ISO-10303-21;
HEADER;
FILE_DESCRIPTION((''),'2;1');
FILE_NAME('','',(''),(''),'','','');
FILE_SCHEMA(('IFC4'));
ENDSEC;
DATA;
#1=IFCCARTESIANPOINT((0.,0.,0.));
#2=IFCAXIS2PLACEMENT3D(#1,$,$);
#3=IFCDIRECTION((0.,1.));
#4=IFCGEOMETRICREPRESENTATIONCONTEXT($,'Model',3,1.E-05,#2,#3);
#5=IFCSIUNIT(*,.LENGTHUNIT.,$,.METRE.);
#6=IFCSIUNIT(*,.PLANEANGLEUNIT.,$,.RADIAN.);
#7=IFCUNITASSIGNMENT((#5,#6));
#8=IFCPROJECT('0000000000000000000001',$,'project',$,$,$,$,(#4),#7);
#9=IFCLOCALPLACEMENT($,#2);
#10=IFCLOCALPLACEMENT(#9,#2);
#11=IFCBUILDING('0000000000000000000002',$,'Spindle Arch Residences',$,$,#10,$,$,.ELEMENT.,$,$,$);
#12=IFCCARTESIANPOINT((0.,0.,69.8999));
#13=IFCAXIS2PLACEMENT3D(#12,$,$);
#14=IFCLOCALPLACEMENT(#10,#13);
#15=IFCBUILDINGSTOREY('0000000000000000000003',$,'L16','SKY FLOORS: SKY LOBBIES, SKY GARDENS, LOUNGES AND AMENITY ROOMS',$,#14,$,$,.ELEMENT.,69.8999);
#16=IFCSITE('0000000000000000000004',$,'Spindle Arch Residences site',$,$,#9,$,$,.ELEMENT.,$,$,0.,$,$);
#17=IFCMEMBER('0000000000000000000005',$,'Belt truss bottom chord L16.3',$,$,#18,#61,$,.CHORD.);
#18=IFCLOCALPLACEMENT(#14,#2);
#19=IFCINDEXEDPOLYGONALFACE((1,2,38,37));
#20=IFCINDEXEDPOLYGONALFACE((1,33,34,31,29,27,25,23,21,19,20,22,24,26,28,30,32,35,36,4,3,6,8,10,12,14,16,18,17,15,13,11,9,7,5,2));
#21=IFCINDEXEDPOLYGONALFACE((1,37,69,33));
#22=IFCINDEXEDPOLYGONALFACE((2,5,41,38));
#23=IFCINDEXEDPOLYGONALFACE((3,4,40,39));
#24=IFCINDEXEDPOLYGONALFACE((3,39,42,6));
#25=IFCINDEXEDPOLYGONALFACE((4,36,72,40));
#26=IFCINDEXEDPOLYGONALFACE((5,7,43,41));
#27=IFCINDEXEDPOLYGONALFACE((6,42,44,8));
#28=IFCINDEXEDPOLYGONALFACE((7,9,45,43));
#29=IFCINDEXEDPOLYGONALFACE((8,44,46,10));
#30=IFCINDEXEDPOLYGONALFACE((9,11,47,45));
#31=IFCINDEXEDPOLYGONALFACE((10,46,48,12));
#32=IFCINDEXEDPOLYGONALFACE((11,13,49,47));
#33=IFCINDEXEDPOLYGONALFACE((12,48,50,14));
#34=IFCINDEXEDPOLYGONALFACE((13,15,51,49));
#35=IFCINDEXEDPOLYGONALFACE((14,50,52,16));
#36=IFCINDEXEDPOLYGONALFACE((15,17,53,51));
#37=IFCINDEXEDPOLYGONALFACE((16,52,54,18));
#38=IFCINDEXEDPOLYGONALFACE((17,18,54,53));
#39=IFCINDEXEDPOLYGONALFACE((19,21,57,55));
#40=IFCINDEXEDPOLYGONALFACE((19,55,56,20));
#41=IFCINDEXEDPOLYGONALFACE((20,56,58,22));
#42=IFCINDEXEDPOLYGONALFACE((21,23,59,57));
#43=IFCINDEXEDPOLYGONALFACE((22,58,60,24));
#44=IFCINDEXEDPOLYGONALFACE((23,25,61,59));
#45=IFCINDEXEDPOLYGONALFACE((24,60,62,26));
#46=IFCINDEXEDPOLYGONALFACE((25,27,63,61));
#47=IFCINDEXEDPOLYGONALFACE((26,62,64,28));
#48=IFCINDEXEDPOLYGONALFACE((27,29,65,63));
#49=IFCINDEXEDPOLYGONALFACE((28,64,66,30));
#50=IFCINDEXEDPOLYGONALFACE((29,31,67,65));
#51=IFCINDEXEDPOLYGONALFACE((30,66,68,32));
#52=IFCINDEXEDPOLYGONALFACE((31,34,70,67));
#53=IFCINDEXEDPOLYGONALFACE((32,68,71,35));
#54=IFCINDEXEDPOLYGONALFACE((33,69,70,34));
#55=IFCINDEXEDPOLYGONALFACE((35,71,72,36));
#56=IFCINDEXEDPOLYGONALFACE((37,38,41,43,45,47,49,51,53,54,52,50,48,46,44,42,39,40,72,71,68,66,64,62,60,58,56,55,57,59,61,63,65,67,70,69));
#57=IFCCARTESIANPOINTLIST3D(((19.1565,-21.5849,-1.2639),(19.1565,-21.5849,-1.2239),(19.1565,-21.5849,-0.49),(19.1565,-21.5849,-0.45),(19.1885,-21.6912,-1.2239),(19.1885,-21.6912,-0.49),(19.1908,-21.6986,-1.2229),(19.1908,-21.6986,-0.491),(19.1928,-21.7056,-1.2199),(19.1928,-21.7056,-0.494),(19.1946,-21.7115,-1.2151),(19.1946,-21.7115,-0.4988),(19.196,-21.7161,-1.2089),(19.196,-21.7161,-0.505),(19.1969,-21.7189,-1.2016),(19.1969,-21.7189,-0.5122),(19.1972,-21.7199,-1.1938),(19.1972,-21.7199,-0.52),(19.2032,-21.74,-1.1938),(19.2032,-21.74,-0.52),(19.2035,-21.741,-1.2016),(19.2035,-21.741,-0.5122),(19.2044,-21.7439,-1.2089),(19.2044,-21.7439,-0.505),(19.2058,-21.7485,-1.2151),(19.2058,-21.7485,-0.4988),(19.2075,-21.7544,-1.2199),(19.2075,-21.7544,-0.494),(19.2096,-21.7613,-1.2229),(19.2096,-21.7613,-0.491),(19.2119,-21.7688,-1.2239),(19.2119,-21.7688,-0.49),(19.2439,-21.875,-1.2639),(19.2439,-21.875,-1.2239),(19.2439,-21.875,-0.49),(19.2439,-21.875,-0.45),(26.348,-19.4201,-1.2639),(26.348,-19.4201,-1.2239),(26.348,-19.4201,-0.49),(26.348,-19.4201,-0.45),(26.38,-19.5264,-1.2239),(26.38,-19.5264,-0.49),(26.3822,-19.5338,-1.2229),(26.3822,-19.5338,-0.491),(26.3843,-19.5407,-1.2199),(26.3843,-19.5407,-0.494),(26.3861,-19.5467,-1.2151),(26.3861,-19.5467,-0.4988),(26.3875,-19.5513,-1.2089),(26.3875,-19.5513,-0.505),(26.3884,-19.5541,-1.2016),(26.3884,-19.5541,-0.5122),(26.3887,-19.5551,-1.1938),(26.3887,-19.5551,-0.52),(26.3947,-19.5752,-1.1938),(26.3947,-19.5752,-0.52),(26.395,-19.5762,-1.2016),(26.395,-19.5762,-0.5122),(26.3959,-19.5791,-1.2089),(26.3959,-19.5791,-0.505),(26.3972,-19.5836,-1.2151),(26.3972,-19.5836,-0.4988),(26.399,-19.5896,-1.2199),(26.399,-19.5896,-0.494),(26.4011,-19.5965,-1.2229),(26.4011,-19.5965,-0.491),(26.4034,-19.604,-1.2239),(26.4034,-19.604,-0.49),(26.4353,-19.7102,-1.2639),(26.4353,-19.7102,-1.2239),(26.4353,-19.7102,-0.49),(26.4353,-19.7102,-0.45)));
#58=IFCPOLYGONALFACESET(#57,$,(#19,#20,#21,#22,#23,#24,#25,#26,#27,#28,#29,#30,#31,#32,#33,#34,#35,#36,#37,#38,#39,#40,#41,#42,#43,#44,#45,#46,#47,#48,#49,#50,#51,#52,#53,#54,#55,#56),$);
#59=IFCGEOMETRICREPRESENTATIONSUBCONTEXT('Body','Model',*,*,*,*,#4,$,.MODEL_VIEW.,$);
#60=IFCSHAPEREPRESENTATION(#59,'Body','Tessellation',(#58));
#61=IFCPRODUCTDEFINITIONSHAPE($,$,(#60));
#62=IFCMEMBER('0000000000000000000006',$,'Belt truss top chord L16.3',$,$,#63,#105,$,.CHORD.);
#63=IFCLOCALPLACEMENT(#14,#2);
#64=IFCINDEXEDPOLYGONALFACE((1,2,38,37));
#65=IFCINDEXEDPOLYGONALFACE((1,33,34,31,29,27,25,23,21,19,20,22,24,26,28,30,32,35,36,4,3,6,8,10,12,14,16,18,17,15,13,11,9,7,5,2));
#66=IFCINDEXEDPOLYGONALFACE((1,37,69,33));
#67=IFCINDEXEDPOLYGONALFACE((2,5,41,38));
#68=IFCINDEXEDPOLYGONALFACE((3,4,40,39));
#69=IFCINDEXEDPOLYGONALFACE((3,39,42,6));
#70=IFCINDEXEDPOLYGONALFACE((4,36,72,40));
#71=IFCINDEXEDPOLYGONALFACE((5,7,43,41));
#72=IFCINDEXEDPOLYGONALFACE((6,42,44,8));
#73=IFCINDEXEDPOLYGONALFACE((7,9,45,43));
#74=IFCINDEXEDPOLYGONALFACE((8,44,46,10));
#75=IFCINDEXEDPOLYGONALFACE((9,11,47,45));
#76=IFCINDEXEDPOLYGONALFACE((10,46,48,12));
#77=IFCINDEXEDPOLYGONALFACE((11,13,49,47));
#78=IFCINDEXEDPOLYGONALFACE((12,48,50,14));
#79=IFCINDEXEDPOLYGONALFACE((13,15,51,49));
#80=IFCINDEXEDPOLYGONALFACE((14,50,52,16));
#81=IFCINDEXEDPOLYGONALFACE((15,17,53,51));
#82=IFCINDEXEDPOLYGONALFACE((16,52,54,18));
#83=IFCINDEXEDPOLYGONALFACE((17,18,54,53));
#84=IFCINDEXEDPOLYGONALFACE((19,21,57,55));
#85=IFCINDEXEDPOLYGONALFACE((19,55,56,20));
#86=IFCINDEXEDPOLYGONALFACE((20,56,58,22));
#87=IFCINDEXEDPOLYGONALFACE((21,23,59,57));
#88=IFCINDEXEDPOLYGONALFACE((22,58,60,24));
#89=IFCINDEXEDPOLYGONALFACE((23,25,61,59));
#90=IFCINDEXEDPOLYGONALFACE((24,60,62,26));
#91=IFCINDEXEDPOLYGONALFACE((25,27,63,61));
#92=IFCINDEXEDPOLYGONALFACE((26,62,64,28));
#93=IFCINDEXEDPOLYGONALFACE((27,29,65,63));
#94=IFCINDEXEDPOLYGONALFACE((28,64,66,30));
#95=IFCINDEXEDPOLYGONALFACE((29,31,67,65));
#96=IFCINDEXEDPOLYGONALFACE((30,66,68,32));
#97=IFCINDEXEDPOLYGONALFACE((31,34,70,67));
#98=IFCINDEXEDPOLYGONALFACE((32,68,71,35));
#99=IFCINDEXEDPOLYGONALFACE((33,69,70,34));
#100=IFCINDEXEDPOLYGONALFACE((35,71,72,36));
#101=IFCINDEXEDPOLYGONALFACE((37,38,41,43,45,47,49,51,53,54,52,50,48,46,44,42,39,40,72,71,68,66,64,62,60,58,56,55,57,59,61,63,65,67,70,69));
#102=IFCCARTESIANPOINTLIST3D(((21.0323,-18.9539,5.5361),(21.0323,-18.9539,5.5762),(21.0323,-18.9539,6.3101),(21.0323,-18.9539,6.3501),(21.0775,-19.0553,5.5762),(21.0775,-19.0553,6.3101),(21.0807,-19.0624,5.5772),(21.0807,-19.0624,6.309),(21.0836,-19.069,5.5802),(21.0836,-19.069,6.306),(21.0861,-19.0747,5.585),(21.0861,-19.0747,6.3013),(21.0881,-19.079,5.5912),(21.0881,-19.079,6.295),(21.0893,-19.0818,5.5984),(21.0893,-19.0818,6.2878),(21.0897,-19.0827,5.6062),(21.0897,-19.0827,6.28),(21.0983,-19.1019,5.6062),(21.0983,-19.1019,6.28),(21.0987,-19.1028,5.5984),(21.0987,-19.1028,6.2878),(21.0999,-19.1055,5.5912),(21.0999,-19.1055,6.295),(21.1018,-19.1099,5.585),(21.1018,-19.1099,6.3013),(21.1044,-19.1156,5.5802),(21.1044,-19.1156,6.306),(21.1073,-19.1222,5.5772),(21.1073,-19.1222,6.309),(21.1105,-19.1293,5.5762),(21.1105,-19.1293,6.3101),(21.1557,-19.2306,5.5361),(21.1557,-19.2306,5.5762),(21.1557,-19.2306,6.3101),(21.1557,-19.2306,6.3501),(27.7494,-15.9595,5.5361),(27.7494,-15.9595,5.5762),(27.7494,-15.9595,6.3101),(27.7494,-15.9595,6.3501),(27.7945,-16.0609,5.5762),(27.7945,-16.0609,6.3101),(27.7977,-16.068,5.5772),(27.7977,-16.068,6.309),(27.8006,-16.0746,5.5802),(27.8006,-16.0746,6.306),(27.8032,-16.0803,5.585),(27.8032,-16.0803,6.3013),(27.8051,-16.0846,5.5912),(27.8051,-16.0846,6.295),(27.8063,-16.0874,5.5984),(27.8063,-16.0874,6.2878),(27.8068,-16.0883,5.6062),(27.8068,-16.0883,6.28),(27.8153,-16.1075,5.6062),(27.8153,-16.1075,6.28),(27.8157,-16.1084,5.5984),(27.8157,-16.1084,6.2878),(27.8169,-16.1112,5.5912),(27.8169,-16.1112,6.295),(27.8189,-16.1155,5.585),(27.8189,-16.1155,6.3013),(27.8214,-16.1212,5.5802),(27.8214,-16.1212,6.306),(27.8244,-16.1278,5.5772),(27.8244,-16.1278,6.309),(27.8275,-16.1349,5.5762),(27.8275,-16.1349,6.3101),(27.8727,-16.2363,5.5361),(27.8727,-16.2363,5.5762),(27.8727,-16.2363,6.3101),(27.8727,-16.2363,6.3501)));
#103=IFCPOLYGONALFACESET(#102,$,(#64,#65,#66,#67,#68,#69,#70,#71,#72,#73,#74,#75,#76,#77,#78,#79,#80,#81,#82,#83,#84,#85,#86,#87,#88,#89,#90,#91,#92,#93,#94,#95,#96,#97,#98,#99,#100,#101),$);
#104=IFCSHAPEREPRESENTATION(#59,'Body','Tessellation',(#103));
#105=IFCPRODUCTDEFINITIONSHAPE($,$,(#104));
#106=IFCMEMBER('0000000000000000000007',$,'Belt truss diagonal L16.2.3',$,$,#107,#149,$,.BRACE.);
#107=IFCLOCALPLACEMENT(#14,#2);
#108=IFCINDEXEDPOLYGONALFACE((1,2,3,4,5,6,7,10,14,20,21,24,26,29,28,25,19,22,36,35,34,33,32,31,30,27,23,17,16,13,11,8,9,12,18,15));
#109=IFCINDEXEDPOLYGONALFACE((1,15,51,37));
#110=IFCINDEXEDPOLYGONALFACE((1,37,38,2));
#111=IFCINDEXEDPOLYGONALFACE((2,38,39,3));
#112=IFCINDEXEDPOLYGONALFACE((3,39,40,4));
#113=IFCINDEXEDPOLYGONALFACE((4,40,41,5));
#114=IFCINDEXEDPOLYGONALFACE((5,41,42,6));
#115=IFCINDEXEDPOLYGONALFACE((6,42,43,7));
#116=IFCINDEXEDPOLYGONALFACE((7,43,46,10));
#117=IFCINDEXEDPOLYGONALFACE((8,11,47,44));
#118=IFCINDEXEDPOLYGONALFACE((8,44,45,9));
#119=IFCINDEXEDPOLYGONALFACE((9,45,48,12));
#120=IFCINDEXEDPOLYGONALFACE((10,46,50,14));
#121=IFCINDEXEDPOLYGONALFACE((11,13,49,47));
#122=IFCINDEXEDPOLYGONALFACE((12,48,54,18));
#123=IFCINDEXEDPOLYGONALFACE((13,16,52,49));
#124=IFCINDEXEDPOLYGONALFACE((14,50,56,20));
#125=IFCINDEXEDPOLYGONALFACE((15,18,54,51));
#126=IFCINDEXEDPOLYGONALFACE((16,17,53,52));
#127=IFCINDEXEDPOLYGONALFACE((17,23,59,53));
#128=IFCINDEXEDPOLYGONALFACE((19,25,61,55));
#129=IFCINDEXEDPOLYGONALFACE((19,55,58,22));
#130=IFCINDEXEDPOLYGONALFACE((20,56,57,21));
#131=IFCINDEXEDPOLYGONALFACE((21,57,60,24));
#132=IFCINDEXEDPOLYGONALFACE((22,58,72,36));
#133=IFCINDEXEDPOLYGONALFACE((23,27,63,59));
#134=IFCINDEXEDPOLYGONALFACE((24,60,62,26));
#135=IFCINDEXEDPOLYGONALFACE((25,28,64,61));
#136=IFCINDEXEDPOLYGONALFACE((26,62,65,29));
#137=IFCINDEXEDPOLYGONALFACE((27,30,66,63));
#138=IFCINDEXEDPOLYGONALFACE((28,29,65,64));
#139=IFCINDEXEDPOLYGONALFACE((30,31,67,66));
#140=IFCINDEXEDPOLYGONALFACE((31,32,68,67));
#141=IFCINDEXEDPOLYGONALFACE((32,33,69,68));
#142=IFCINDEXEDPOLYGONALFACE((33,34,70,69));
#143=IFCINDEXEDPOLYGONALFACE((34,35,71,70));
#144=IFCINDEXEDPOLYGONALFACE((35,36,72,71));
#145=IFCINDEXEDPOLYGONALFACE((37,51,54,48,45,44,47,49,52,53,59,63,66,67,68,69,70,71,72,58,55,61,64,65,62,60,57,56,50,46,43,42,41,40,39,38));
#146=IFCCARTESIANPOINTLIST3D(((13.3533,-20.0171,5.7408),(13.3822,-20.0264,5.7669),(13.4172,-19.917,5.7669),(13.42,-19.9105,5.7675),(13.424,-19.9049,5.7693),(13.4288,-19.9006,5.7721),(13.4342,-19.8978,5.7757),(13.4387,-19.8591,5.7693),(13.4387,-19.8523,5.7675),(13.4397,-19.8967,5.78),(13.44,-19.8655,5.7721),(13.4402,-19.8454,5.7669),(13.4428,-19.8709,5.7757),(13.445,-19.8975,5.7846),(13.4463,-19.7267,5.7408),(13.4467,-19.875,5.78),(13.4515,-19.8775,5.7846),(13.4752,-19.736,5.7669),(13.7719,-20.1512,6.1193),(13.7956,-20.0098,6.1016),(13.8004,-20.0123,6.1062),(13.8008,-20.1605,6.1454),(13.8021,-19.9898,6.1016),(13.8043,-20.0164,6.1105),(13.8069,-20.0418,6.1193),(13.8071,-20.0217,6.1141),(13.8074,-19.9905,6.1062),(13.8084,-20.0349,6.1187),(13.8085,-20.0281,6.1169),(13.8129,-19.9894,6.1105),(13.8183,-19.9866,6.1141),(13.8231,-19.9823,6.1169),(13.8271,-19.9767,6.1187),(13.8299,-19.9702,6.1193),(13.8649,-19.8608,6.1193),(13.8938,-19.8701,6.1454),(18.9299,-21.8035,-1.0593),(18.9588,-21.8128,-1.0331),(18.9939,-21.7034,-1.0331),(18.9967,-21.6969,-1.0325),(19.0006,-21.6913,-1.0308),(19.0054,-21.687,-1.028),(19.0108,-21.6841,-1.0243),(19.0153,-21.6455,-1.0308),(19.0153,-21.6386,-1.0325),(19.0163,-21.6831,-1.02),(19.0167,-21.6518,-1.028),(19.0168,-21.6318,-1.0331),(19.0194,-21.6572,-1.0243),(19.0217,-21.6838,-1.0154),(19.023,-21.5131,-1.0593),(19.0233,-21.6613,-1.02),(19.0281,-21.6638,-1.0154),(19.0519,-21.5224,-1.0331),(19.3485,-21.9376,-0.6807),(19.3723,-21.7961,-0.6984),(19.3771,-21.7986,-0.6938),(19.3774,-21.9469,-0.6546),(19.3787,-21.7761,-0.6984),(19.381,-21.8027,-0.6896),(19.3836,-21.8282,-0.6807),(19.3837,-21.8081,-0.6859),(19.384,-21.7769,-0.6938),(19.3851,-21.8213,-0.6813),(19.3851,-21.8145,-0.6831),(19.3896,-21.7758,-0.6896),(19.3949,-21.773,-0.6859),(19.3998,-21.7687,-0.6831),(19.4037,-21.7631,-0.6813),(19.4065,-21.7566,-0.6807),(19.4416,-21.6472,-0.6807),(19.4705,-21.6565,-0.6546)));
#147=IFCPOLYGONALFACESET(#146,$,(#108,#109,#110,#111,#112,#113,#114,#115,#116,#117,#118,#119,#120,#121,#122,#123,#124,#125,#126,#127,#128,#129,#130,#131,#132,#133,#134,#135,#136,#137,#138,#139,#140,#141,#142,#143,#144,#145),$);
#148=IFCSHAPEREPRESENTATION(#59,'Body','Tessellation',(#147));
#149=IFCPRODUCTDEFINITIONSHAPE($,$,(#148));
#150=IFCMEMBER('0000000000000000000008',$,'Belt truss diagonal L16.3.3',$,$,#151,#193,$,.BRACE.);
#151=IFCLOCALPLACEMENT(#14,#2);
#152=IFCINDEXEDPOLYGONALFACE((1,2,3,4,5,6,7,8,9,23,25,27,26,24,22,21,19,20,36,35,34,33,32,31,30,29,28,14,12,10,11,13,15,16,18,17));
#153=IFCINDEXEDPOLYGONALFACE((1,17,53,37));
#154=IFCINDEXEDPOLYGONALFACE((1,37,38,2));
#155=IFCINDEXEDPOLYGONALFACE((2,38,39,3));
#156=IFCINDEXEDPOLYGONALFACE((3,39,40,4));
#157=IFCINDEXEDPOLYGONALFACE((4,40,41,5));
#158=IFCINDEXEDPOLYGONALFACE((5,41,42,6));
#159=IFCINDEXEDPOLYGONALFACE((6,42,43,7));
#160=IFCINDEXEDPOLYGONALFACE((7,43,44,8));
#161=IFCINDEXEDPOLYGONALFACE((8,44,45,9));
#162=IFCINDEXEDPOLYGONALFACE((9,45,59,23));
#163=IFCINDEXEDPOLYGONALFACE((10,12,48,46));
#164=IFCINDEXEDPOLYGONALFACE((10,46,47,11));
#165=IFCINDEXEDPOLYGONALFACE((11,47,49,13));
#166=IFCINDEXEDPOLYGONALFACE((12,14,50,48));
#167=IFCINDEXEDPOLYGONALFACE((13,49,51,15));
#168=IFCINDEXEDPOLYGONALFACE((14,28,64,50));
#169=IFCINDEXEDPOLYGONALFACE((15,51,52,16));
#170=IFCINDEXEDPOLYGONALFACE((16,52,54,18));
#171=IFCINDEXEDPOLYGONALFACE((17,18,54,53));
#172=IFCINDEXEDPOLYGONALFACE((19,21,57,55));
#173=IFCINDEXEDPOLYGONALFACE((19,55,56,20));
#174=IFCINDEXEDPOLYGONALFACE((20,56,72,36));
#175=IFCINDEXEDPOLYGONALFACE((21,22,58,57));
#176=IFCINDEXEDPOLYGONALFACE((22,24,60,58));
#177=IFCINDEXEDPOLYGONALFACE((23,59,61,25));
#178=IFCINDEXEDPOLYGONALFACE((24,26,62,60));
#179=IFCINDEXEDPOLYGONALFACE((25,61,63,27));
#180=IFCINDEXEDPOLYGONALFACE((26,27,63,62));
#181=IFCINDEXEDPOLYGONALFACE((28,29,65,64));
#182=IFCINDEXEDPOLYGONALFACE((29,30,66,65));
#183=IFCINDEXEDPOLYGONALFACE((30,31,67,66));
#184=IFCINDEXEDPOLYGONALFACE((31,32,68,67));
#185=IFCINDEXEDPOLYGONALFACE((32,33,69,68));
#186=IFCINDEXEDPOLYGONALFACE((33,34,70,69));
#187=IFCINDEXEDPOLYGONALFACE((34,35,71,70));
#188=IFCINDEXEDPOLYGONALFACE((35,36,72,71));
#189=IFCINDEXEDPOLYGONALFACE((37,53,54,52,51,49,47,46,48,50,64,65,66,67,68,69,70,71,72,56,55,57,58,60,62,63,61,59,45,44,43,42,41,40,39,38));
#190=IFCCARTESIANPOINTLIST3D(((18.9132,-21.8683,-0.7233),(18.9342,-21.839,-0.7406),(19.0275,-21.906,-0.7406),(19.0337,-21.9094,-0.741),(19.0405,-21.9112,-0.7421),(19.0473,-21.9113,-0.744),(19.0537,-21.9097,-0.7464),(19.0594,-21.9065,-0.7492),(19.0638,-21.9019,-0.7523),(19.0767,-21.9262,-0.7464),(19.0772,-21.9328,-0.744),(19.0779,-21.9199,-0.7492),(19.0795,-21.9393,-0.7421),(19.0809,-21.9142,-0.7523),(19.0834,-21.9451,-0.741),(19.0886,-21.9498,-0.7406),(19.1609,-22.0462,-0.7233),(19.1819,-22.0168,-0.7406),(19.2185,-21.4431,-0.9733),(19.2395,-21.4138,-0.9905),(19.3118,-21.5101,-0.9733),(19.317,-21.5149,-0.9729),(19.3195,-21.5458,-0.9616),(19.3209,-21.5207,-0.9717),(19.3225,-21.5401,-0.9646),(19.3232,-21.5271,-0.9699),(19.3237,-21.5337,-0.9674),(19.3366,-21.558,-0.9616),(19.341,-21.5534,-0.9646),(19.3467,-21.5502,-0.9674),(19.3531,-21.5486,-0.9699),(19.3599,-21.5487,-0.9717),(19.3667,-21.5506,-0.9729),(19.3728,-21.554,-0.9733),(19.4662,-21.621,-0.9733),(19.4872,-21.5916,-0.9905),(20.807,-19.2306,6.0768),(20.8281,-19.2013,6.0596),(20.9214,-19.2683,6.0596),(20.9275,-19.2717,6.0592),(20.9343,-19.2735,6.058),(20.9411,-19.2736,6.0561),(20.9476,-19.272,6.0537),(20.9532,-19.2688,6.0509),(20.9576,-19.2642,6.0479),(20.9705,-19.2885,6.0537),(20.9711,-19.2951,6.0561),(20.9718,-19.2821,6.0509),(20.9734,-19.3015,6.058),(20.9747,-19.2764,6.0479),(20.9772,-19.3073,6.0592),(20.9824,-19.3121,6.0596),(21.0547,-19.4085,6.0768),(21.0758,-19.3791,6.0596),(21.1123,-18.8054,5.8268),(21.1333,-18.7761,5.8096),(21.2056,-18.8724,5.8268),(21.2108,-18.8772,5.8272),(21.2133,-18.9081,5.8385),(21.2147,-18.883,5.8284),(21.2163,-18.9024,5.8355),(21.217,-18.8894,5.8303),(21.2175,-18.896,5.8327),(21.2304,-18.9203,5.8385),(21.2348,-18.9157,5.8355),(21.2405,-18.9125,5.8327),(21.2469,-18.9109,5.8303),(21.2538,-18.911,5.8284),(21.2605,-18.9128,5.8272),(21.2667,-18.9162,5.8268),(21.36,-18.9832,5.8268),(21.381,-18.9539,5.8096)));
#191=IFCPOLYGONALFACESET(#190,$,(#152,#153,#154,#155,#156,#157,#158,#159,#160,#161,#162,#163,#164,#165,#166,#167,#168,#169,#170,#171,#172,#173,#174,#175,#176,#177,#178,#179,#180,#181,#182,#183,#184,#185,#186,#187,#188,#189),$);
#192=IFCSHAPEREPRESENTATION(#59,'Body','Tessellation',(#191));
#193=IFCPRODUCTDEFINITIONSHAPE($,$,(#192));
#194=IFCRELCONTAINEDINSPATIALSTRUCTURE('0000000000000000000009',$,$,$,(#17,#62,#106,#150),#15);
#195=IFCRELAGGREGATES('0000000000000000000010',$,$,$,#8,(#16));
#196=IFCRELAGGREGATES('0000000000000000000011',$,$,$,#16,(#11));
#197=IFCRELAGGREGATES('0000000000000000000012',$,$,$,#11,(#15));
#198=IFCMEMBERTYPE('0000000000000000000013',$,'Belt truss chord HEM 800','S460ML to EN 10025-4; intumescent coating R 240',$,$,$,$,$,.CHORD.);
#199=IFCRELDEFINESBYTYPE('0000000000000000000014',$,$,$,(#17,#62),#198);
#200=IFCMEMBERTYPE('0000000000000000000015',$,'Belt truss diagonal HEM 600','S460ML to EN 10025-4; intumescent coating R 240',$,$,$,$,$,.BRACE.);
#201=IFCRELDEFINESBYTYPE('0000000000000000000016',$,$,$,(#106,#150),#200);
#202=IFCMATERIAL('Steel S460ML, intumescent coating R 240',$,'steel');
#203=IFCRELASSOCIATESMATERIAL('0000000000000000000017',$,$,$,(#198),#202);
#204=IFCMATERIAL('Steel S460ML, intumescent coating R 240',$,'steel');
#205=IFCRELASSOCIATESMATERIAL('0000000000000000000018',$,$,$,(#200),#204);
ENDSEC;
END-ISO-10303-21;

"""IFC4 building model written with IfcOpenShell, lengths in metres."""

from ifc_helpers import new_model, si_unit, direction, frame, origin, origin_2d, place, context, subcontext, project, spatial, i_section, extrude, material, material_profile, profile_set, type_object, element, save


model = new_model("IFC4")

# Units and contexts
model_context = context("Model", 3, precision=1e-05, world=origin(), true_north=direction((0.0, 1.0)))
body_context = subcontext(model_context, "Body", "Model", "MODEL_VIEW")
ifc_project = project(units=[si_unit("LENGTHUNIT", "METRE"), si_unit("PLANEANGLEUNIT", "RADIAN")], contexts=[model_context])

# Site, building, storey
site_placement = place(None, origin())
site = spatial("IfcSite", under=ifc_project, at=site_placement, Name="Spindle Arch Residences site", CompositionType="ELEMENT", RefElevation=0.0)
building_placement = place(site_placement, origin())
building = spatial("IfcBuilding", under=site, at=building_placement, Name="Spindle Arch Residences", CompositionType="ELEMENT")
storey_placement = place(building_placement, frame((0.0, 0.0, 69.8999)))
storey = spatial("IfcBuildingStorey", under=building, at=storey_placement, Name="L16", Description="SKY FLOORS: SKY LOBBIES, SKY GARDENS, LOUNGES AND AMENITY ROOMS", CompositionType="ELEMENT", Elevation=69.8999)

# Members
ifc_material_1 = material(Name="Steel S460ML, intumescent coating R 240", Category="steel")
ifc_material_profile_1 = material_profile(ifc_material_1, i_section(OverallWidth=0.303, OverallDepth=0.814, WebThickness=0.021, FlangeThickness=0.04, FilletRadius=0.03, at=origin_2d()), Name="HEM 800")
ifc_profile_set_1 = profile_set([ifc_material_profile_1], Name="Steel S460ML, intumescent coating R 240")
member_type_1 = type_object("IfcMemberType", Name="Belt truss chord HEM 800", Description="S460ML to EN 10025-4; intumescent coating R 240", PredefinedType="CHORD", material=ifc_profile_set_1)
member_1_placement = place(storey_placement, frame((19.2002, -21.73, -0.8569), z_axis=(0.957556, 0.288248, 0.0), x_axis=(-0.288248, 0.957556, 0.0)))
element("IfcMember", 1, at=member_1_placement, inside=storey, type_object=member_type_1, Name="Belt truss bottom chord L16.3", PredefinedType="CHORD", context=body_context, shape_type="SweptSolid", body=[
    extrude(i_section(OverallWidth=0.303, OverallDepth=0.814, WebThickness=0.021, FlangeThickness=0.04, FilletRadius=0.03, at=origin_2d()), origin(), (0.0, 0.0, 1.0), 7.5103),
])
member_2_placement = place(storey_placement, frame((21.094, -19.0923, 5.9431), z_axis=(0.913355, 0.407164, 0.0), x_axis=(-0.407164, 0.913355, 0.0)))
element("IfcMember", 2, at=member_2_placement, inside=storey, type_object=member_type_1, Name="Belt truss top chord L16.3", PredefinedType="CHORD", context=body_context, shape_type="SweptSolid", body=[
    extrude(i_section(OverallWidth=0.303, OverallDepth=0.814, WebThickness=0.021, FlangeThickness=0.04, FilletRadius=0.03, at=origin_2d()), origin(), (0.0, 0.0, 1.0), 7.3542),
])
ifc_material_2 = material(Name="Steel S460ML, intumescent coating R 240", Category="steel")
ifc_material_profile_2 = material_profile(ifc_material_2, i_section(OverallWidth=0.3049, OverallDepth=0.6201, WebThickness=0.021, FlangeThickness=0.04, FilletRadius=0.0271, at=origin_2d()), Name="HEM 600")
ifc_profile_set_2 = profile_set([ifc_material_profile_2], Name="Steel S460ML, intumescent coating R 240")
member_type_2 = type_object("IfcMemberType", Name="Belt truss diagonal HEM 600", Description="S460ML to EN 10025-4; intumescent coating R 240", PredefinedType="BRACE", material=ifc_profile_set_2)
member_3_placement = place(storey_placement, frame((19.2002, -21.73, -0.8569), z_axis=(-0.621431, 0.199064, 0.757758), x_axis=(-0.305062, -0.952333, 0.0)))
element("IfcMember", 3, at=member_3_placement, inside=storey, type_object=member_type_2, Name="Belt truss diagonal L16.2.3", PredefinedType="BRACE", context=body_context, shape_type="SweptSolid", body=[
    extrude(i_section(OverallWidth=0.3049, OverallDepth=0.6201, WebThickness=0.021, FlangeThickness=0.04, FilletRadius=0.0271, at=origin_2d()), origin(), (0.0, 0.0, 1.0), 8.9739),
])
member_4_placement = place(storey_placement, frame((19.2002, -21.73, -0.8569), z_axis=(0.251315, 0.350033, 0.902395), x_axis=(-0.812314, 0.583221, 0.0)))
element("IfcMember", 4, at=member_4_placement, inside=storey, type_object=member_type_2, Name="Belt truss diagonal L16.3.3", PredefinedType="BRACE", context=body_context, shape_type="SweptSolid", body=[
    extrude(i_section(OverallWidth=0.3049, OverallDepth=0.6201, WebThickness=0.021, FlangeThickness=0.04, FilletRadius=0.0271, at=origin_2d()), origin(), (0.0, 0.0, 1.0), 7.5356),
])

save(model, "model.ifc")
